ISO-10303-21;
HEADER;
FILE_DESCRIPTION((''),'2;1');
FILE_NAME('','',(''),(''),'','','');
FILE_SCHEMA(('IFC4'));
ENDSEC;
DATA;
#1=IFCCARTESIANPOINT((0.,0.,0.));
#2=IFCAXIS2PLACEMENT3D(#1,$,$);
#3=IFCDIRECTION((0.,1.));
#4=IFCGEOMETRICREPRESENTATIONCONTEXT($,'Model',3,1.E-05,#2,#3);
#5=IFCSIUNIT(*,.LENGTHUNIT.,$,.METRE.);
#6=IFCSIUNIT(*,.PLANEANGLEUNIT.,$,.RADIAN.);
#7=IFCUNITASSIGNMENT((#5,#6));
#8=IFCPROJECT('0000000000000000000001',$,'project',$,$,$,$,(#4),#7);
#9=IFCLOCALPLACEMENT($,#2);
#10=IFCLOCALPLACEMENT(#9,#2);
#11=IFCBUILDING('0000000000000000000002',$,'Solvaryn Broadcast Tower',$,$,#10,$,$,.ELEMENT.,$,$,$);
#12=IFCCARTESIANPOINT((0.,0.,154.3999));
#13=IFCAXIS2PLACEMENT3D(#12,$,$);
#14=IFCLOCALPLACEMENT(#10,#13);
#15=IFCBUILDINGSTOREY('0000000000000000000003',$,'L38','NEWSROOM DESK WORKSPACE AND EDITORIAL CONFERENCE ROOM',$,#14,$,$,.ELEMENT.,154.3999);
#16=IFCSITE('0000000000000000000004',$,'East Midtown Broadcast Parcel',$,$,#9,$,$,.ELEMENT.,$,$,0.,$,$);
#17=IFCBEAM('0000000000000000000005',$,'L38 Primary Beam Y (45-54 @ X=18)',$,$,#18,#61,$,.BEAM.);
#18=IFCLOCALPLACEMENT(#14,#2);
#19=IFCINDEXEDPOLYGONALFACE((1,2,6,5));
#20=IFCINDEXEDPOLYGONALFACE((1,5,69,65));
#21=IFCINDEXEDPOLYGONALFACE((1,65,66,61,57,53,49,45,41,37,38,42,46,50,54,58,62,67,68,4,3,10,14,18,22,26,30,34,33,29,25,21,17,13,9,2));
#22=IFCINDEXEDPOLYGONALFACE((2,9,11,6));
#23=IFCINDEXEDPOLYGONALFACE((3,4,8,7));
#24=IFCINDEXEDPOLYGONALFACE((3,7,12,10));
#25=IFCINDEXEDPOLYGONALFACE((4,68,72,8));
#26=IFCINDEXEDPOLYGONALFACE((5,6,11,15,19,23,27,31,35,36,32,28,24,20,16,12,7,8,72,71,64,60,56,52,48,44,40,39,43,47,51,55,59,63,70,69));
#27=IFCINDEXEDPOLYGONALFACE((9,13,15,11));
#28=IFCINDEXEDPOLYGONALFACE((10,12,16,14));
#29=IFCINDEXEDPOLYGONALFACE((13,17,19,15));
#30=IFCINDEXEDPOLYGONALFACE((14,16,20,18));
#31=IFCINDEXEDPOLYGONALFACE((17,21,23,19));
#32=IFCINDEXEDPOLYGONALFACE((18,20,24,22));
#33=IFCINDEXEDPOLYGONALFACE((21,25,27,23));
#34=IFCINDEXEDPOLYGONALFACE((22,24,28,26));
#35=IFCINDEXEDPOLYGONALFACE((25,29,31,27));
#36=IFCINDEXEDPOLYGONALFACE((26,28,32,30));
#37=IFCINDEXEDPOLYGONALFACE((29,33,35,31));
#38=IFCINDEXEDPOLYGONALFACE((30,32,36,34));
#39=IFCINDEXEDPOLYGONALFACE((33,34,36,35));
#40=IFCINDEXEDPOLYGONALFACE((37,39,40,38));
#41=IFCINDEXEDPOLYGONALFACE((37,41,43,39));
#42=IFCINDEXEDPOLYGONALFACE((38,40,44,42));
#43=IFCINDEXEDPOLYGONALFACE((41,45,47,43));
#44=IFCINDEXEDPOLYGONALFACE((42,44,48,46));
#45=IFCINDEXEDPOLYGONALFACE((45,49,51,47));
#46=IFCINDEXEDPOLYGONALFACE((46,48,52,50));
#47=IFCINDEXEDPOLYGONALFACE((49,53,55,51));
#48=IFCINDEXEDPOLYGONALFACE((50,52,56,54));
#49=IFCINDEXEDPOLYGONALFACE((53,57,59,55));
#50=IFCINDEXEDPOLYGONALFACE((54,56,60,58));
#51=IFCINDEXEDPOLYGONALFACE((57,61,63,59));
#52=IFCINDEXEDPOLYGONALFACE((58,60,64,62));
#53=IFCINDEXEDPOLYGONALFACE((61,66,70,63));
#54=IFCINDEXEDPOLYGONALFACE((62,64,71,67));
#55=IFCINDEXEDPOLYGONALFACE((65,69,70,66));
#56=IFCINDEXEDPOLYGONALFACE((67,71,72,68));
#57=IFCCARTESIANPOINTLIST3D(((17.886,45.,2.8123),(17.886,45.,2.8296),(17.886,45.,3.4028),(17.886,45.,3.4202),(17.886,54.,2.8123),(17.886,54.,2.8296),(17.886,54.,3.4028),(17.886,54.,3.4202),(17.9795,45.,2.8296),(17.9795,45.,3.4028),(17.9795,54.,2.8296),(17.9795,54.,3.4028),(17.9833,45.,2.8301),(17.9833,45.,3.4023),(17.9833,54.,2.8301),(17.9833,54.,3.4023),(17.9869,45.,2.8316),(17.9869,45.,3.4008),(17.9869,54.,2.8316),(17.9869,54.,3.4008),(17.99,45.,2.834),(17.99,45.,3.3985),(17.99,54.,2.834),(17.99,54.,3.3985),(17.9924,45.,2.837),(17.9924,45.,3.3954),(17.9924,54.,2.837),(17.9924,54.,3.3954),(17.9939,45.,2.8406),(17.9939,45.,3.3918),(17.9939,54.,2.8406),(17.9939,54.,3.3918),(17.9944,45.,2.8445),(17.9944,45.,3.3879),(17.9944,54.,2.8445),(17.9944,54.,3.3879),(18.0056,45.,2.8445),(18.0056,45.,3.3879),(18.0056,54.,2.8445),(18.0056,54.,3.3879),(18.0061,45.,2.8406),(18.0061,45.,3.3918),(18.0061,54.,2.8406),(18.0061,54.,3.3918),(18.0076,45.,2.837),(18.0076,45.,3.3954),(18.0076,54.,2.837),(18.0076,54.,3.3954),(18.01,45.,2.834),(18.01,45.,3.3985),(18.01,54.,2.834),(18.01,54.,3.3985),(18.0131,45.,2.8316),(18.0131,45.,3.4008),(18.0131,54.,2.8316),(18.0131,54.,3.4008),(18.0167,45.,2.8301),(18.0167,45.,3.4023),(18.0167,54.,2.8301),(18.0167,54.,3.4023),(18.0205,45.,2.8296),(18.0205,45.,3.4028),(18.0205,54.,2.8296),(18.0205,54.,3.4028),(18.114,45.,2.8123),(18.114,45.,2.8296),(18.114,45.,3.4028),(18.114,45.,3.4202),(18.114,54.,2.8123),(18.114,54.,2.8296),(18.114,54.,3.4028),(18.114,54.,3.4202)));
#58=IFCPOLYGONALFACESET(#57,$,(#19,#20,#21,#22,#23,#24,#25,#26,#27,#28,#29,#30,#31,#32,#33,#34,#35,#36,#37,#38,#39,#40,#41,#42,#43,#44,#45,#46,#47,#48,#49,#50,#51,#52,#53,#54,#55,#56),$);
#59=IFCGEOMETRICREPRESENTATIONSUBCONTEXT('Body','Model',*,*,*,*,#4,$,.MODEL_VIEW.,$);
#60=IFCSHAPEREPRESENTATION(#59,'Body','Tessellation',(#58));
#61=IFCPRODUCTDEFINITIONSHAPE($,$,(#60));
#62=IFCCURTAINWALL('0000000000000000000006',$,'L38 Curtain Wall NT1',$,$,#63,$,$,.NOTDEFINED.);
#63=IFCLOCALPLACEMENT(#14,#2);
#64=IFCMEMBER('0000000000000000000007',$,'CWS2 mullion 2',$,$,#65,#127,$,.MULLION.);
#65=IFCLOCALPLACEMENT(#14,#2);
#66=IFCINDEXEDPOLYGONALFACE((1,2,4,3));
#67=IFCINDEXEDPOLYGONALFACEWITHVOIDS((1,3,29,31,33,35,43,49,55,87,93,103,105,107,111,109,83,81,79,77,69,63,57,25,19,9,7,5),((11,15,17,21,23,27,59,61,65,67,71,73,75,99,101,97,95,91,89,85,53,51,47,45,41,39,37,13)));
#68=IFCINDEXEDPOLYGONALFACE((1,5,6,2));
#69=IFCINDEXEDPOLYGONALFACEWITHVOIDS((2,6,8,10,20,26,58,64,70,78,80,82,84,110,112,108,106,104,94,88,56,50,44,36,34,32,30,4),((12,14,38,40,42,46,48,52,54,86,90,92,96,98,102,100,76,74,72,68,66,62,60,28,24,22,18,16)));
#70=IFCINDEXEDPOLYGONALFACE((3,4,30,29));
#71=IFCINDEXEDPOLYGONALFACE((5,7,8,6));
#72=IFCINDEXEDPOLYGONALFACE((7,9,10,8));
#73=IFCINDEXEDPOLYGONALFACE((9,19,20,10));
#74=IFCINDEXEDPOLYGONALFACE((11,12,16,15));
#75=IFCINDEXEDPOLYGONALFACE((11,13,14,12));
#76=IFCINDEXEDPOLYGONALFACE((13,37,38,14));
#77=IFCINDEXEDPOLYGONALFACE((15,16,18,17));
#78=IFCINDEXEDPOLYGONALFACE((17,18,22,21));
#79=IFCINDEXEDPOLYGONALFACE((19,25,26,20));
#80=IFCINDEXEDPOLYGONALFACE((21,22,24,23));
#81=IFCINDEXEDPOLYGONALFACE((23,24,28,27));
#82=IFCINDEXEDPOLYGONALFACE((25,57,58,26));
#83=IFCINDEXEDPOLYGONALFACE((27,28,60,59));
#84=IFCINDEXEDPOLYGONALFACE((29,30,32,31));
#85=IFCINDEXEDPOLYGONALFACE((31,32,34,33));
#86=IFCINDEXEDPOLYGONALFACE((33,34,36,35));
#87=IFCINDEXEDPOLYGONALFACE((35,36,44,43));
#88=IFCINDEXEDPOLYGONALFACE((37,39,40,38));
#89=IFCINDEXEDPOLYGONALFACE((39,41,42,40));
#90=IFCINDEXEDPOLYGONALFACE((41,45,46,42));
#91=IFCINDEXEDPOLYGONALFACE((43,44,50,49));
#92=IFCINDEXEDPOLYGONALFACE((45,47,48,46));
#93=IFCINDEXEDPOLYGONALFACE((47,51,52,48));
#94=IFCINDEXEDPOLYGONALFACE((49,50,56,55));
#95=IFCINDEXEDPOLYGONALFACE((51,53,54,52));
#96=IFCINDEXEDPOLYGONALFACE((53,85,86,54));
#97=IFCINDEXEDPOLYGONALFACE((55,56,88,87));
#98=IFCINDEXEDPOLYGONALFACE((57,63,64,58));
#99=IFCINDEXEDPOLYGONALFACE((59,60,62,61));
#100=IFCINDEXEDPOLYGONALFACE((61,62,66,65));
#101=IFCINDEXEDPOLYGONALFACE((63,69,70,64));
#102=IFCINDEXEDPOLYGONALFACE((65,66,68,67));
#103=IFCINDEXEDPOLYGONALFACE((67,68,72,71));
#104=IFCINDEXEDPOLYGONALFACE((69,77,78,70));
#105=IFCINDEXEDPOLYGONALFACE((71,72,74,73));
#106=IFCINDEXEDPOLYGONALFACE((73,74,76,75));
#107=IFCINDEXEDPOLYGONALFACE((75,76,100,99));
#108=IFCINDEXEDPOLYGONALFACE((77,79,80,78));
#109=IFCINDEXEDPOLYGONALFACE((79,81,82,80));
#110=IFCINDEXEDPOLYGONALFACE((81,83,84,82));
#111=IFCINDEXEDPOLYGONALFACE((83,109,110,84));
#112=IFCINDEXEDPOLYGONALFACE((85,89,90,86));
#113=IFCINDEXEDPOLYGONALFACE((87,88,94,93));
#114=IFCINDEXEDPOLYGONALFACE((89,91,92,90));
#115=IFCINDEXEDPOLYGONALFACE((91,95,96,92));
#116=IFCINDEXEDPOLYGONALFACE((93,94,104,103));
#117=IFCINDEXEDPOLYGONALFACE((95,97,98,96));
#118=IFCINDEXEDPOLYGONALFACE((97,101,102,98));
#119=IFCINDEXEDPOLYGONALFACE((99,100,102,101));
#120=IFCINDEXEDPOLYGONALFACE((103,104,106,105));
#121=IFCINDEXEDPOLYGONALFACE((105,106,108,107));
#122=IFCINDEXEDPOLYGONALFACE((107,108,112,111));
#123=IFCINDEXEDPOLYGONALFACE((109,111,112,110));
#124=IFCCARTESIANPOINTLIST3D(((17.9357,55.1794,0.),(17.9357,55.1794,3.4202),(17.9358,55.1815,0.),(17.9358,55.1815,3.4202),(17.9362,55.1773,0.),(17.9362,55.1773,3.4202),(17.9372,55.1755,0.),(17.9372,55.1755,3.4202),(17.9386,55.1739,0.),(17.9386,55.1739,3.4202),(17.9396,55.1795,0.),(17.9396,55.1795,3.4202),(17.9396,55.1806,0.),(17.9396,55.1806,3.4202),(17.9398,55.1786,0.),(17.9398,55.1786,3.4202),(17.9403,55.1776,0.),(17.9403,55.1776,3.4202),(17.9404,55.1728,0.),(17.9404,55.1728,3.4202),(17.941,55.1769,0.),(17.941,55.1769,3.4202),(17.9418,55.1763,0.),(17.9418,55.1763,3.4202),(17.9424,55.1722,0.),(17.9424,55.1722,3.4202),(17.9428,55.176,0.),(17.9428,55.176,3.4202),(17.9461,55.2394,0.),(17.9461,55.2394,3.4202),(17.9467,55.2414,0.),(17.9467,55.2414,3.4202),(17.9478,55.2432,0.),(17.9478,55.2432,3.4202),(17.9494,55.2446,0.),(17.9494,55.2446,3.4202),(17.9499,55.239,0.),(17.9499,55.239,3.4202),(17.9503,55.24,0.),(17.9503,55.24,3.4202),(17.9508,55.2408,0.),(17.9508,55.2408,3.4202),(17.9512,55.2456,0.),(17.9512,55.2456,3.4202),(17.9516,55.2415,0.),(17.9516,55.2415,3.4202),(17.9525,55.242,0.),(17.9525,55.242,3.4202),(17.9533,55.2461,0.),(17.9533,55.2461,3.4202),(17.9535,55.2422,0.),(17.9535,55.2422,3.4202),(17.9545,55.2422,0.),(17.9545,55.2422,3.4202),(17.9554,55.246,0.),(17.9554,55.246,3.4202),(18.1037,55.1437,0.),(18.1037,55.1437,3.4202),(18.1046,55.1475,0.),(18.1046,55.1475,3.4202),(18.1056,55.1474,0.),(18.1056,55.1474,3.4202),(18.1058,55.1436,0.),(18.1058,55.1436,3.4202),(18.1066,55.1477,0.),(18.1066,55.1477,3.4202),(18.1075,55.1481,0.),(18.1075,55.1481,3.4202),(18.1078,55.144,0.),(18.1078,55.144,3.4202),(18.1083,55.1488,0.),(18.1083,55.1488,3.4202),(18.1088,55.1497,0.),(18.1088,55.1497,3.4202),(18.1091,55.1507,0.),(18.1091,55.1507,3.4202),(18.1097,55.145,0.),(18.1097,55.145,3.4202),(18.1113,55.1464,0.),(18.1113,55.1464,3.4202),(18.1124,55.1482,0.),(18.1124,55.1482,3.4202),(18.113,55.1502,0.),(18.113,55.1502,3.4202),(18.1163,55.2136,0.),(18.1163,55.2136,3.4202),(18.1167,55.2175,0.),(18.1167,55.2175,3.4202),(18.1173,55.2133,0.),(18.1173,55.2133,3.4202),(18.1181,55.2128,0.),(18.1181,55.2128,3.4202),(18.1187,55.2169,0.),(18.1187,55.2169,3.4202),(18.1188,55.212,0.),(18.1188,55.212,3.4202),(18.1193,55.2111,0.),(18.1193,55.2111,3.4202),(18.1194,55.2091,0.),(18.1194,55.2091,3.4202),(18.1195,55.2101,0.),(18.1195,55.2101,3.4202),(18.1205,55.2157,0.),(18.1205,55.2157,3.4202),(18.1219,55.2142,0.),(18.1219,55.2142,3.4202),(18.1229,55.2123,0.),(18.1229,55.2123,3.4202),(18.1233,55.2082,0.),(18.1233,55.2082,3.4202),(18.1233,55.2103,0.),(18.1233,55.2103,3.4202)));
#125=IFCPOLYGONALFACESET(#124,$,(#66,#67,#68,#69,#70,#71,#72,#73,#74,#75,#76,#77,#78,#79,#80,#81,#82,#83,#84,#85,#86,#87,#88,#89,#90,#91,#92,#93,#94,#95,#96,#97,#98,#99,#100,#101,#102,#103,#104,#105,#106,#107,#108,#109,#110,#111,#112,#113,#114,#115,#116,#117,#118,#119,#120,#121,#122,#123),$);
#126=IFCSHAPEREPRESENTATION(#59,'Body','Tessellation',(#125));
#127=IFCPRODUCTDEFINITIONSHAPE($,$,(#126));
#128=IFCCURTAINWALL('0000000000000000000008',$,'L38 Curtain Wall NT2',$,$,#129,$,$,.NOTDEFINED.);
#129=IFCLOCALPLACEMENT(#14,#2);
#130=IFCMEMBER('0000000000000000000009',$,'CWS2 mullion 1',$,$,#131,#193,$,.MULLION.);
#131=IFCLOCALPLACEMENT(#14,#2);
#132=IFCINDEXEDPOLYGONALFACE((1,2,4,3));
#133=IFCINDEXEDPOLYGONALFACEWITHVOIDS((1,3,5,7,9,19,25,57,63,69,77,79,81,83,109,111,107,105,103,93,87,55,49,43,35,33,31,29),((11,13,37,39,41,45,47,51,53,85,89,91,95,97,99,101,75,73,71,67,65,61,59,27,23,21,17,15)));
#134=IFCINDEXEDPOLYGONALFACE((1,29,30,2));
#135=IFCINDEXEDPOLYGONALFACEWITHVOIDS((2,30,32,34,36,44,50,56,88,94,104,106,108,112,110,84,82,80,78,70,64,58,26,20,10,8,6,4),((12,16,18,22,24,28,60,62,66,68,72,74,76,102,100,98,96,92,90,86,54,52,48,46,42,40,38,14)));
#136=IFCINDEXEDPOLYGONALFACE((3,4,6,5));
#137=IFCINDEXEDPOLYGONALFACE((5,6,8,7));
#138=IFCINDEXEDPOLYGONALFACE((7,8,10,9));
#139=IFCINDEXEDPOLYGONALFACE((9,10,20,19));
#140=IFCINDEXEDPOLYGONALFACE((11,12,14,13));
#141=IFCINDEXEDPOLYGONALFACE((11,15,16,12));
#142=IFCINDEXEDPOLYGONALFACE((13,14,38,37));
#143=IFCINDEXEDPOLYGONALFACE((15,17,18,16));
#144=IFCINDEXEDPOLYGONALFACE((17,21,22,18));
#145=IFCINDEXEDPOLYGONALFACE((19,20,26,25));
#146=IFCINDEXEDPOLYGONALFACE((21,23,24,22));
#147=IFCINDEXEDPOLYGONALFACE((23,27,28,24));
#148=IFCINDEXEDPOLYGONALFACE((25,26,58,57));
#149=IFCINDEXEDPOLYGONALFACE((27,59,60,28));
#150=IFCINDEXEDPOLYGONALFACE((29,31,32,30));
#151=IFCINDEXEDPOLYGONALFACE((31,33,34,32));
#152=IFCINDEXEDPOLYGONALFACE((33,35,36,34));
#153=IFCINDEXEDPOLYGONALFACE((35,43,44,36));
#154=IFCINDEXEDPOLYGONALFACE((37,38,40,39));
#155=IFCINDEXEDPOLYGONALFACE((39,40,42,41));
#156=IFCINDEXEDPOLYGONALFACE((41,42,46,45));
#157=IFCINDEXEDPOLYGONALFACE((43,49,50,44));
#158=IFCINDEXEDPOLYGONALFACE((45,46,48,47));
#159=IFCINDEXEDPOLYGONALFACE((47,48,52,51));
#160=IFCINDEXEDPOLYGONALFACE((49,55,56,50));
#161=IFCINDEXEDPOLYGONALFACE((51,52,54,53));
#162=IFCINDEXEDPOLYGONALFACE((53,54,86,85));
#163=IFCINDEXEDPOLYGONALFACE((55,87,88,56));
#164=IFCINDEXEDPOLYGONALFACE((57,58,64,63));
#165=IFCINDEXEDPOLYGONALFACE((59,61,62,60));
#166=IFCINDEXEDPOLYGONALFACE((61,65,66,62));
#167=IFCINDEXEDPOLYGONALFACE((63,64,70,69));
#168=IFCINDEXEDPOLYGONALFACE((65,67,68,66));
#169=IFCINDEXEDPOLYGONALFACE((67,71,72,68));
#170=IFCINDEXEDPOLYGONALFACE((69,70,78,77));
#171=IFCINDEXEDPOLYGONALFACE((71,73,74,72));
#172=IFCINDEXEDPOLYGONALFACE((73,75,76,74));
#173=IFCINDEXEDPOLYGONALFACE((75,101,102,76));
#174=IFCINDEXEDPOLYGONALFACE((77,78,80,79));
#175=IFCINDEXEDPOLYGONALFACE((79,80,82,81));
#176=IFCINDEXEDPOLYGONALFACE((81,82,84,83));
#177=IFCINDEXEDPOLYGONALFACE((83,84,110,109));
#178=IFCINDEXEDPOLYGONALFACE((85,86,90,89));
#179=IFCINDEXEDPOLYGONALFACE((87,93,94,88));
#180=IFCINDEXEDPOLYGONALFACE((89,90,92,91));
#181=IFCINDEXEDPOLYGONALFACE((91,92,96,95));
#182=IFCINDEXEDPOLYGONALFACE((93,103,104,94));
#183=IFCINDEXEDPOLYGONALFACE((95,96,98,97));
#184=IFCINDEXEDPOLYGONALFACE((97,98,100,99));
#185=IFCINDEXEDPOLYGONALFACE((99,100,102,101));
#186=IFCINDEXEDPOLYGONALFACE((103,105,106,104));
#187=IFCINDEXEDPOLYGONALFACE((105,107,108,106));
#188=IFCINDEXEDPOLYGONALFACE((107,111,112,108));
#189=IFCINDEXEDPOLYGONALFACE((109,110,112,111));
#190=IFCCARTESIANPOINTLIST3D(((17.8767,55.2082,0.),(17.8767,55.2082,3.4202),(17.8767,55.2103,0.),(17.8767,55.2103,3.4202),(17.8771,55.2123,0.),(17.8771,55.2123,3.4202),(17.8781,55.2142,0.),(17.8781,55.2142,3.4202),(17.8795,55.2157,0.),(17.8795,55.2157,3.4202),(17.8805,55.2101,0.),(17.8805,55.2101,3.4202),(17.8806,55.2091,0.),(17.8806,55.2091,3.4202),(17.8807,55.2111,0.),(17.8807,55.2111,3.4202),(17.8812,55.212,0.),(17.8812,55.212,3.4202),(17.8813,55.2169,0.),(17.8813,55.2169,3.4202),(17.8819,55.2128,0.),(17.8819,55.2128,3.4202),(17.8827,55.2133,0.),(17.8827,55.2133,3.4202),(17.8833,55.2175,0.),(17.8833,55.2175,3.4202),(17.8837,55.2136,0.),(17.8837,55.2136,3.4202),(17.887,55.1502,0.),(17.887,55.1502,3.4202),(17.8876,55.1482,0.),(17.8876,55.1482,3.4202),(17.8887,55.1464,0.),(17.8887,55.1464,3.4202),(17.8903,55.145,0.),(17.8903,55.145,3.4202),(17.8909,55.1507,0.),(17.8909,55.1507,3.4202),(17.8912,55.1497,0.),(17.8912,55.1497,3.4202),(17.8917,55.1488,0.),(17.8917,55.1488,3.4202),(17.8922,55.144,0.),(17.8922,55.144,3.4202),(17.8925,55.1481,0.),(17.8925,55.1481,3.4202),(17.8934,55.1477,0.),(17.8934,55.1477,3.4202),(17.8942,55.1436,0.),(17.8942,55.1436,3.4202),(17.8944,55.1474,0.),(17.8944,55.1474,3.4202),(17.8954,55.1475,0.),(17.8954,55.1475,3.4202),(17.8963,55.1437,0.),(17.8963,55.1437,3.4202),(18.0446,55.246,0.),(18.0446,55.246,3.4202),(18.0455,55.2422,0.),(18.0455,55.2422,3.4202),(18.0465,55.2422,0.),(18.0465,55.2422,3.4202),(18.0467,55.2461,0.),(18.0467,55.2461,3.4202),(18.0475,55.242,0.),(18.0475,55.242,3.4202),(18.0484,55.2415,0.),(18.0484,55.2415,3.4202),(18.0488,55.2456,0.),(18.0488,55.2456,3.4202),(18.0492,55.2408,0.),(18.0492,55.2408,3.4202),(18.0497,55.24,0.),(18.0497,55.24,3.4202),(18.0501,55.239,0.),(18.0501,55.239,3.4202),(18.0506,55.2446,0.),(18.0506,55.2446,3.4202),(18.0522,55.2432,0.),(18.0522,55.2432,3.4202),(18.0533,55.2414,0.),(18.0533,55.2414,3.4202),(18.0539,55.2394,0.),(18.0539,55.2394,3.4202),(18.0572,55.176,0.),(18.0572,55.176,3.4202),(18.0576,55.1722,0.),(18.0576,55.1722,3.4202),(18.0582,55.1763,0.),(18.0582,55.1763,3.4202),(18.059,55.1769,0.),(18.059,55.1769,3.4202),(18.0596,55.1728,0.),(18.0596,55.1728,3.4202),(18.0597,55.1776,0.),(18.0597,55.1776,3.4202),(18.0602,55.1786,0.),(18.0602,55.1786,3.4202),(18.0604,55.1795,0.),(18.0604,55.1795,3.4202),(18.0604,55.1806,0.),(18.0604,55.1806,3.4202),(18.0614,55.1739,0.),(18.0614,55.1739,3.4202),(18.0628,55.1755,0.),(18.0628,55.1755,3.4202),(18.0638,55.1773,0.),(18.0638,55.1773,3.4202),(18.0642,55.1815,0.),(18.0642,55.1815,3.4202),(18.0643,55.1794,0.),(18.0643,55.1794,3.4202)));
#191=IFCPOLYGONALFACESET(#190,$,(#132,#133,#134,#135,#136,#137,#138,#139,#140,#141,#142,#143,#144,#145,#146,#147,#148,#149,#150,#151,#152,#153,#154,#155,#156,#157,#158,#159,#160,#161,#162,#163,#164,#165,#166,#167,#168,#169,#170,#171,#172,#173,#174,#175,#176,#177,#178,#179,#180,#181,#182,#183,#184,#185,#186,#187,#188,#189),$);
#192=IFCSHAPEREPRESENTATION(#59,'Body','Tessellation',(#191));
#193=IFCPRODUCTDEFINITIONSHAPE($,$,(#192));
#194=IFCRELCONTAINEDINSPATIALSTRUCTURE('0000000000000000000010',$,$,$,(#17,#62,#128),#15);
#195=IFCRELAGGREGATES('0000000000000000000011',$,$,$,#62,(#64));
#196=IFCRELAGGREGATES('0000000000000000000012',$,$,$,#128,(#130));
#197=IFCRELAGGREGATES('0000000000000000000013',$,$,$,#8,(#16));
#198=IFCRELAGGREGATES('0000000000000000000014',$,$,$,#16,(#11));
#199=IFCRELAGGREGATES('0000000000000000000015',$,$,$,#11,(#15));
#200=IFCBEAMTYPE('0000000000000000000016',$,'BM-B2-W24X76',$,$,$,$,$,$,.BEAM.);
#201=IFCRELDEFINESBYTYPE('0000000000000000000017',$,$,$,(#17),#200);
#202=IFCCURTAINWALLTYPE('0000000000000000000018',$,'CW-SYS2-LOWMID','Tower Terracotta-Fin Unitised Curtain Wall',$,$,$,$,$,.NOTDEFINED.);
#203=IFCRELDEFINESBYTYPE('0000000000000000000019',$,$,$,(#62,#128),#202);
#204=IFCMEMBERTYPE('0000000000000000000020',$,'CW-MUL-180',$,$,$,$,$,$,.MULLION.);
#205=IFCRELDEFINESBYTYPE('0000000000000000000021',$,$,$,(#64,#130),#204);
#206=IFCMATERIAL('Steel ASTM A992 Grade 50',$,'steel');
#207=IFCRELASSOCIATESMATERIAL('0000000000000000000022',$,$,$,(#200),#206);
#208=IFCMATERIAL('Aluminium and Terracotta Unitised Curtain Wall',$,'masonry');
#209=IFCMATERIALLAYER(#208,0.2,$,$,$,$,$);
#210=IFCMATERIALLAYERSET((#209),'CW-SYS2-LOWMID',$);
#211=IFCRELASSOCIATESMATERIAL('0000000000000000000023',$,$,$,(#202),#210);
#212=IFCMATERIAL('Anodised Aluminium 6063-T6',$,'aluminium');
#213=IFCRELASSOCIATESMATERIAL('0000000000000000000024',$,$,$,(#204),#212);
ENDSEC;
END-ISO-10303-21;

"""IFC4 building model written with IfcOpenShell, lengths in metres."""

from ifc_helpers import new_model, si_unit, direction, frame, origin, origin_2d, place, context, subcontext, project, spatial, hollow_rectangle, i_section, extrude, material, layer, layer_set, material_profile, profile_set, type_object, element, aggregate, save


model = new_model("IFC4")

# Units and contexts
model_context = context("Model", 3, precision=1e-05, world=origin(), true_north=direction((0.0, 1.0)))
body_context = subcontext(model_context, "Body", "Model", "MODEL_VIEW")
ifc_project = project(units=[si_unit("LENGTHUNIT", "METRE"), si_unit("PLANEANGLEUNIT", "RADIAN")], contexts=[model_context])

# Site, building, storey
site_placement = place(None, origin())
site = spatial("IfcSite", under=ifc_project, at=site_placement, Name="East Midtown Broadcast Parcel", CompositionType="ELEMENT", RefElevation=0.0)
building_placement = place(site_placement, origin())
building = spatial("IfcBuilding", under=site, at=building_placement, Name="Solvaryn Broadcast Tower", CompositionType="ELEMENT")
storey_placement = place(building_placement, frame((0.0, 0.0, 154.3999)))
storey = spatial("IfcBuildingStorey", under=building, at=storey_placement, Name="L38", Description="NEWSROOM DESK WORKSPACE AND EDITORIAL CONFERENCE ROOM", CompositionType="ELEMENT", Elevation=154.3999)

# Beam
ifc_material_1 = material(Name="Steel ASTM A992 Grade 50", Category="steel")
ifc_material_profile_1 = material_profile(ifc_material_1, i_section(OverallWidth=0.228, OverallDepth=0.6079, WebThickness=0.0112, FlangeThickness=0.0173, FilletRadius=0.0149, at=origin_2d()))
ifc_profile_set_1 = profile_set([ifc_material_profile_1], Name="Steel ASTM A992 Grade 50")
beam_type_1 = type_object("IfcBeamType", Name="BM-B2-W24X76", PredefinedType="BEAM", material=ifc_profile_set_1)
beam_1_placement = place(storey_placement, frame((18.0, 45.0, 3.1162), z_axis=(0.0, 1.0, 0.0), x_axis=(-1.0, 0.0, 0.0)))
element("IfcBeam", 1, at=beam_1_placement, inside=storey, type_object=beam_type_1, Name="L38 Primary Beam Y (45-54 @ X=18)", PredefinedType="BEAM", context=body_context, shape_type="SweptSolid", body=[
    extrude(i_section(OverallWidth=0.228, OverallDepth=0.6079, WebThickness=0.0112, FlangeThickness=0.0173, FilletRadius=0.0149, at=origin_2d()), origin(), (0.0, 0.0, 1.0), 9.0),
])

# Curtain wall, member
ifc_material_2 = material(Name="Aluminium and Terracotta Unitised Curtain Wall", Category="masonry")
ifc_layer_1 = layer(ifc_material_2, 0.2)
ifc_layer_set_1 = layer_set([ifc_layer_1], Name="CW-SYS2-LOWMID")
curtain_wall_type = type_object("IfcCurtainWallType", Name="CW-SYS2-LOWMID", Description="Tower Terracotta-Fin Unitised Curtain Wall", PredefinedType="NOTDEFINED", material=ifc_layer_set_1)
curtain_wall_1_placement = place(storey_placement, origin())
curtain_wall_1 = element("IfcCurtainWall", 2, at=curtain_wall_1_placement, inside=storey, type_object=curtain_wall_type, Name="L38 Curtain Wall NT1", PredefinedType="NOTDEFINED")
ifc_material_3 = material(Name="Anodised Aluminium 6063-T6", Category="aluminium")
ifc_material_profile_2 = material_profile(ifc_material_3, hollow_rectangle(XDim=0.075, YDim=0.1799, WallThickness=0.0039, InnerFilletRadius=0.0039, OuterFilletRadius=0.0081, at=origin_2d()))
ifc_profile_set_2 = profile_set([ifc_material_profile_2], Name="Anodised Aluminium 6063-T6")
member_type_1 = type_object("IfcMemberType", Name="CW-MUL-180", PredefinedType="MULLION", material=ifc_profile_set_2)
member_1_placement = place(storey_placement, frame((18.0295, 55.1948, 0.0), z_axis=(0.0, 0.0, 1.0), x_axis=(-0.173785, -0.984784, 0.0)))
member_1 = element("IfcMember", 3, at=member_1_placement, type_object=member_type_1, Name="CWS2 mullion 2", PredefinedType="MULLION", context=body_context, shape_type="SweptSolid", body=[
    extrude(hollow_rectangle(XDim=0.075, YDim=0.1799, WallThickness=0.0039, InnerFilletRadius=0.0039, OuterFilletRadius=0.0081, at=origin_2d()), origin(), (0.0, 0.0, 1.0), 3.4202),
])

# Curtain wall, member
curtain_wall_2_placement = place(storey_placement, origin())
curtain_wall_2 = element("IfcCurtainWall", 4, at=curtain_wall_2_placement, inside=storey, type_object=curtain_wall_type, Name="L38 Curtain Wall NT2", PredefinedType="NOTDEFINED")
member_2_placement = place(storey_placement, frame((17.9705, 55.1948, 0.0), z_axis=(0.0, 0.0, 1.0), x_axis=(0.173785, -0.984784, 0.0)))
member_2 = element("IfcMember", 5, at=member_2_placement, type_object=member_type_1, Name="CWS2 mullion 1", PredefinedType="MULLION", context=body_context, shape_type="SweptSolid", body=[
    extrude(hollow_rectangle(XDim=0.075, YDim=0.1799, WallThickness=0.0039, InnerFilletRadius=0.0039, OuterFilletRadius=0.0081, at=origin_2d()), origin(), (0.0, 0.0, 1.0), 3.4202),
])

aggregate(curtain_wall_1, [member_1])
aggregate(curtain_wall_2, [member_2])

save(model, "model.ifc")
